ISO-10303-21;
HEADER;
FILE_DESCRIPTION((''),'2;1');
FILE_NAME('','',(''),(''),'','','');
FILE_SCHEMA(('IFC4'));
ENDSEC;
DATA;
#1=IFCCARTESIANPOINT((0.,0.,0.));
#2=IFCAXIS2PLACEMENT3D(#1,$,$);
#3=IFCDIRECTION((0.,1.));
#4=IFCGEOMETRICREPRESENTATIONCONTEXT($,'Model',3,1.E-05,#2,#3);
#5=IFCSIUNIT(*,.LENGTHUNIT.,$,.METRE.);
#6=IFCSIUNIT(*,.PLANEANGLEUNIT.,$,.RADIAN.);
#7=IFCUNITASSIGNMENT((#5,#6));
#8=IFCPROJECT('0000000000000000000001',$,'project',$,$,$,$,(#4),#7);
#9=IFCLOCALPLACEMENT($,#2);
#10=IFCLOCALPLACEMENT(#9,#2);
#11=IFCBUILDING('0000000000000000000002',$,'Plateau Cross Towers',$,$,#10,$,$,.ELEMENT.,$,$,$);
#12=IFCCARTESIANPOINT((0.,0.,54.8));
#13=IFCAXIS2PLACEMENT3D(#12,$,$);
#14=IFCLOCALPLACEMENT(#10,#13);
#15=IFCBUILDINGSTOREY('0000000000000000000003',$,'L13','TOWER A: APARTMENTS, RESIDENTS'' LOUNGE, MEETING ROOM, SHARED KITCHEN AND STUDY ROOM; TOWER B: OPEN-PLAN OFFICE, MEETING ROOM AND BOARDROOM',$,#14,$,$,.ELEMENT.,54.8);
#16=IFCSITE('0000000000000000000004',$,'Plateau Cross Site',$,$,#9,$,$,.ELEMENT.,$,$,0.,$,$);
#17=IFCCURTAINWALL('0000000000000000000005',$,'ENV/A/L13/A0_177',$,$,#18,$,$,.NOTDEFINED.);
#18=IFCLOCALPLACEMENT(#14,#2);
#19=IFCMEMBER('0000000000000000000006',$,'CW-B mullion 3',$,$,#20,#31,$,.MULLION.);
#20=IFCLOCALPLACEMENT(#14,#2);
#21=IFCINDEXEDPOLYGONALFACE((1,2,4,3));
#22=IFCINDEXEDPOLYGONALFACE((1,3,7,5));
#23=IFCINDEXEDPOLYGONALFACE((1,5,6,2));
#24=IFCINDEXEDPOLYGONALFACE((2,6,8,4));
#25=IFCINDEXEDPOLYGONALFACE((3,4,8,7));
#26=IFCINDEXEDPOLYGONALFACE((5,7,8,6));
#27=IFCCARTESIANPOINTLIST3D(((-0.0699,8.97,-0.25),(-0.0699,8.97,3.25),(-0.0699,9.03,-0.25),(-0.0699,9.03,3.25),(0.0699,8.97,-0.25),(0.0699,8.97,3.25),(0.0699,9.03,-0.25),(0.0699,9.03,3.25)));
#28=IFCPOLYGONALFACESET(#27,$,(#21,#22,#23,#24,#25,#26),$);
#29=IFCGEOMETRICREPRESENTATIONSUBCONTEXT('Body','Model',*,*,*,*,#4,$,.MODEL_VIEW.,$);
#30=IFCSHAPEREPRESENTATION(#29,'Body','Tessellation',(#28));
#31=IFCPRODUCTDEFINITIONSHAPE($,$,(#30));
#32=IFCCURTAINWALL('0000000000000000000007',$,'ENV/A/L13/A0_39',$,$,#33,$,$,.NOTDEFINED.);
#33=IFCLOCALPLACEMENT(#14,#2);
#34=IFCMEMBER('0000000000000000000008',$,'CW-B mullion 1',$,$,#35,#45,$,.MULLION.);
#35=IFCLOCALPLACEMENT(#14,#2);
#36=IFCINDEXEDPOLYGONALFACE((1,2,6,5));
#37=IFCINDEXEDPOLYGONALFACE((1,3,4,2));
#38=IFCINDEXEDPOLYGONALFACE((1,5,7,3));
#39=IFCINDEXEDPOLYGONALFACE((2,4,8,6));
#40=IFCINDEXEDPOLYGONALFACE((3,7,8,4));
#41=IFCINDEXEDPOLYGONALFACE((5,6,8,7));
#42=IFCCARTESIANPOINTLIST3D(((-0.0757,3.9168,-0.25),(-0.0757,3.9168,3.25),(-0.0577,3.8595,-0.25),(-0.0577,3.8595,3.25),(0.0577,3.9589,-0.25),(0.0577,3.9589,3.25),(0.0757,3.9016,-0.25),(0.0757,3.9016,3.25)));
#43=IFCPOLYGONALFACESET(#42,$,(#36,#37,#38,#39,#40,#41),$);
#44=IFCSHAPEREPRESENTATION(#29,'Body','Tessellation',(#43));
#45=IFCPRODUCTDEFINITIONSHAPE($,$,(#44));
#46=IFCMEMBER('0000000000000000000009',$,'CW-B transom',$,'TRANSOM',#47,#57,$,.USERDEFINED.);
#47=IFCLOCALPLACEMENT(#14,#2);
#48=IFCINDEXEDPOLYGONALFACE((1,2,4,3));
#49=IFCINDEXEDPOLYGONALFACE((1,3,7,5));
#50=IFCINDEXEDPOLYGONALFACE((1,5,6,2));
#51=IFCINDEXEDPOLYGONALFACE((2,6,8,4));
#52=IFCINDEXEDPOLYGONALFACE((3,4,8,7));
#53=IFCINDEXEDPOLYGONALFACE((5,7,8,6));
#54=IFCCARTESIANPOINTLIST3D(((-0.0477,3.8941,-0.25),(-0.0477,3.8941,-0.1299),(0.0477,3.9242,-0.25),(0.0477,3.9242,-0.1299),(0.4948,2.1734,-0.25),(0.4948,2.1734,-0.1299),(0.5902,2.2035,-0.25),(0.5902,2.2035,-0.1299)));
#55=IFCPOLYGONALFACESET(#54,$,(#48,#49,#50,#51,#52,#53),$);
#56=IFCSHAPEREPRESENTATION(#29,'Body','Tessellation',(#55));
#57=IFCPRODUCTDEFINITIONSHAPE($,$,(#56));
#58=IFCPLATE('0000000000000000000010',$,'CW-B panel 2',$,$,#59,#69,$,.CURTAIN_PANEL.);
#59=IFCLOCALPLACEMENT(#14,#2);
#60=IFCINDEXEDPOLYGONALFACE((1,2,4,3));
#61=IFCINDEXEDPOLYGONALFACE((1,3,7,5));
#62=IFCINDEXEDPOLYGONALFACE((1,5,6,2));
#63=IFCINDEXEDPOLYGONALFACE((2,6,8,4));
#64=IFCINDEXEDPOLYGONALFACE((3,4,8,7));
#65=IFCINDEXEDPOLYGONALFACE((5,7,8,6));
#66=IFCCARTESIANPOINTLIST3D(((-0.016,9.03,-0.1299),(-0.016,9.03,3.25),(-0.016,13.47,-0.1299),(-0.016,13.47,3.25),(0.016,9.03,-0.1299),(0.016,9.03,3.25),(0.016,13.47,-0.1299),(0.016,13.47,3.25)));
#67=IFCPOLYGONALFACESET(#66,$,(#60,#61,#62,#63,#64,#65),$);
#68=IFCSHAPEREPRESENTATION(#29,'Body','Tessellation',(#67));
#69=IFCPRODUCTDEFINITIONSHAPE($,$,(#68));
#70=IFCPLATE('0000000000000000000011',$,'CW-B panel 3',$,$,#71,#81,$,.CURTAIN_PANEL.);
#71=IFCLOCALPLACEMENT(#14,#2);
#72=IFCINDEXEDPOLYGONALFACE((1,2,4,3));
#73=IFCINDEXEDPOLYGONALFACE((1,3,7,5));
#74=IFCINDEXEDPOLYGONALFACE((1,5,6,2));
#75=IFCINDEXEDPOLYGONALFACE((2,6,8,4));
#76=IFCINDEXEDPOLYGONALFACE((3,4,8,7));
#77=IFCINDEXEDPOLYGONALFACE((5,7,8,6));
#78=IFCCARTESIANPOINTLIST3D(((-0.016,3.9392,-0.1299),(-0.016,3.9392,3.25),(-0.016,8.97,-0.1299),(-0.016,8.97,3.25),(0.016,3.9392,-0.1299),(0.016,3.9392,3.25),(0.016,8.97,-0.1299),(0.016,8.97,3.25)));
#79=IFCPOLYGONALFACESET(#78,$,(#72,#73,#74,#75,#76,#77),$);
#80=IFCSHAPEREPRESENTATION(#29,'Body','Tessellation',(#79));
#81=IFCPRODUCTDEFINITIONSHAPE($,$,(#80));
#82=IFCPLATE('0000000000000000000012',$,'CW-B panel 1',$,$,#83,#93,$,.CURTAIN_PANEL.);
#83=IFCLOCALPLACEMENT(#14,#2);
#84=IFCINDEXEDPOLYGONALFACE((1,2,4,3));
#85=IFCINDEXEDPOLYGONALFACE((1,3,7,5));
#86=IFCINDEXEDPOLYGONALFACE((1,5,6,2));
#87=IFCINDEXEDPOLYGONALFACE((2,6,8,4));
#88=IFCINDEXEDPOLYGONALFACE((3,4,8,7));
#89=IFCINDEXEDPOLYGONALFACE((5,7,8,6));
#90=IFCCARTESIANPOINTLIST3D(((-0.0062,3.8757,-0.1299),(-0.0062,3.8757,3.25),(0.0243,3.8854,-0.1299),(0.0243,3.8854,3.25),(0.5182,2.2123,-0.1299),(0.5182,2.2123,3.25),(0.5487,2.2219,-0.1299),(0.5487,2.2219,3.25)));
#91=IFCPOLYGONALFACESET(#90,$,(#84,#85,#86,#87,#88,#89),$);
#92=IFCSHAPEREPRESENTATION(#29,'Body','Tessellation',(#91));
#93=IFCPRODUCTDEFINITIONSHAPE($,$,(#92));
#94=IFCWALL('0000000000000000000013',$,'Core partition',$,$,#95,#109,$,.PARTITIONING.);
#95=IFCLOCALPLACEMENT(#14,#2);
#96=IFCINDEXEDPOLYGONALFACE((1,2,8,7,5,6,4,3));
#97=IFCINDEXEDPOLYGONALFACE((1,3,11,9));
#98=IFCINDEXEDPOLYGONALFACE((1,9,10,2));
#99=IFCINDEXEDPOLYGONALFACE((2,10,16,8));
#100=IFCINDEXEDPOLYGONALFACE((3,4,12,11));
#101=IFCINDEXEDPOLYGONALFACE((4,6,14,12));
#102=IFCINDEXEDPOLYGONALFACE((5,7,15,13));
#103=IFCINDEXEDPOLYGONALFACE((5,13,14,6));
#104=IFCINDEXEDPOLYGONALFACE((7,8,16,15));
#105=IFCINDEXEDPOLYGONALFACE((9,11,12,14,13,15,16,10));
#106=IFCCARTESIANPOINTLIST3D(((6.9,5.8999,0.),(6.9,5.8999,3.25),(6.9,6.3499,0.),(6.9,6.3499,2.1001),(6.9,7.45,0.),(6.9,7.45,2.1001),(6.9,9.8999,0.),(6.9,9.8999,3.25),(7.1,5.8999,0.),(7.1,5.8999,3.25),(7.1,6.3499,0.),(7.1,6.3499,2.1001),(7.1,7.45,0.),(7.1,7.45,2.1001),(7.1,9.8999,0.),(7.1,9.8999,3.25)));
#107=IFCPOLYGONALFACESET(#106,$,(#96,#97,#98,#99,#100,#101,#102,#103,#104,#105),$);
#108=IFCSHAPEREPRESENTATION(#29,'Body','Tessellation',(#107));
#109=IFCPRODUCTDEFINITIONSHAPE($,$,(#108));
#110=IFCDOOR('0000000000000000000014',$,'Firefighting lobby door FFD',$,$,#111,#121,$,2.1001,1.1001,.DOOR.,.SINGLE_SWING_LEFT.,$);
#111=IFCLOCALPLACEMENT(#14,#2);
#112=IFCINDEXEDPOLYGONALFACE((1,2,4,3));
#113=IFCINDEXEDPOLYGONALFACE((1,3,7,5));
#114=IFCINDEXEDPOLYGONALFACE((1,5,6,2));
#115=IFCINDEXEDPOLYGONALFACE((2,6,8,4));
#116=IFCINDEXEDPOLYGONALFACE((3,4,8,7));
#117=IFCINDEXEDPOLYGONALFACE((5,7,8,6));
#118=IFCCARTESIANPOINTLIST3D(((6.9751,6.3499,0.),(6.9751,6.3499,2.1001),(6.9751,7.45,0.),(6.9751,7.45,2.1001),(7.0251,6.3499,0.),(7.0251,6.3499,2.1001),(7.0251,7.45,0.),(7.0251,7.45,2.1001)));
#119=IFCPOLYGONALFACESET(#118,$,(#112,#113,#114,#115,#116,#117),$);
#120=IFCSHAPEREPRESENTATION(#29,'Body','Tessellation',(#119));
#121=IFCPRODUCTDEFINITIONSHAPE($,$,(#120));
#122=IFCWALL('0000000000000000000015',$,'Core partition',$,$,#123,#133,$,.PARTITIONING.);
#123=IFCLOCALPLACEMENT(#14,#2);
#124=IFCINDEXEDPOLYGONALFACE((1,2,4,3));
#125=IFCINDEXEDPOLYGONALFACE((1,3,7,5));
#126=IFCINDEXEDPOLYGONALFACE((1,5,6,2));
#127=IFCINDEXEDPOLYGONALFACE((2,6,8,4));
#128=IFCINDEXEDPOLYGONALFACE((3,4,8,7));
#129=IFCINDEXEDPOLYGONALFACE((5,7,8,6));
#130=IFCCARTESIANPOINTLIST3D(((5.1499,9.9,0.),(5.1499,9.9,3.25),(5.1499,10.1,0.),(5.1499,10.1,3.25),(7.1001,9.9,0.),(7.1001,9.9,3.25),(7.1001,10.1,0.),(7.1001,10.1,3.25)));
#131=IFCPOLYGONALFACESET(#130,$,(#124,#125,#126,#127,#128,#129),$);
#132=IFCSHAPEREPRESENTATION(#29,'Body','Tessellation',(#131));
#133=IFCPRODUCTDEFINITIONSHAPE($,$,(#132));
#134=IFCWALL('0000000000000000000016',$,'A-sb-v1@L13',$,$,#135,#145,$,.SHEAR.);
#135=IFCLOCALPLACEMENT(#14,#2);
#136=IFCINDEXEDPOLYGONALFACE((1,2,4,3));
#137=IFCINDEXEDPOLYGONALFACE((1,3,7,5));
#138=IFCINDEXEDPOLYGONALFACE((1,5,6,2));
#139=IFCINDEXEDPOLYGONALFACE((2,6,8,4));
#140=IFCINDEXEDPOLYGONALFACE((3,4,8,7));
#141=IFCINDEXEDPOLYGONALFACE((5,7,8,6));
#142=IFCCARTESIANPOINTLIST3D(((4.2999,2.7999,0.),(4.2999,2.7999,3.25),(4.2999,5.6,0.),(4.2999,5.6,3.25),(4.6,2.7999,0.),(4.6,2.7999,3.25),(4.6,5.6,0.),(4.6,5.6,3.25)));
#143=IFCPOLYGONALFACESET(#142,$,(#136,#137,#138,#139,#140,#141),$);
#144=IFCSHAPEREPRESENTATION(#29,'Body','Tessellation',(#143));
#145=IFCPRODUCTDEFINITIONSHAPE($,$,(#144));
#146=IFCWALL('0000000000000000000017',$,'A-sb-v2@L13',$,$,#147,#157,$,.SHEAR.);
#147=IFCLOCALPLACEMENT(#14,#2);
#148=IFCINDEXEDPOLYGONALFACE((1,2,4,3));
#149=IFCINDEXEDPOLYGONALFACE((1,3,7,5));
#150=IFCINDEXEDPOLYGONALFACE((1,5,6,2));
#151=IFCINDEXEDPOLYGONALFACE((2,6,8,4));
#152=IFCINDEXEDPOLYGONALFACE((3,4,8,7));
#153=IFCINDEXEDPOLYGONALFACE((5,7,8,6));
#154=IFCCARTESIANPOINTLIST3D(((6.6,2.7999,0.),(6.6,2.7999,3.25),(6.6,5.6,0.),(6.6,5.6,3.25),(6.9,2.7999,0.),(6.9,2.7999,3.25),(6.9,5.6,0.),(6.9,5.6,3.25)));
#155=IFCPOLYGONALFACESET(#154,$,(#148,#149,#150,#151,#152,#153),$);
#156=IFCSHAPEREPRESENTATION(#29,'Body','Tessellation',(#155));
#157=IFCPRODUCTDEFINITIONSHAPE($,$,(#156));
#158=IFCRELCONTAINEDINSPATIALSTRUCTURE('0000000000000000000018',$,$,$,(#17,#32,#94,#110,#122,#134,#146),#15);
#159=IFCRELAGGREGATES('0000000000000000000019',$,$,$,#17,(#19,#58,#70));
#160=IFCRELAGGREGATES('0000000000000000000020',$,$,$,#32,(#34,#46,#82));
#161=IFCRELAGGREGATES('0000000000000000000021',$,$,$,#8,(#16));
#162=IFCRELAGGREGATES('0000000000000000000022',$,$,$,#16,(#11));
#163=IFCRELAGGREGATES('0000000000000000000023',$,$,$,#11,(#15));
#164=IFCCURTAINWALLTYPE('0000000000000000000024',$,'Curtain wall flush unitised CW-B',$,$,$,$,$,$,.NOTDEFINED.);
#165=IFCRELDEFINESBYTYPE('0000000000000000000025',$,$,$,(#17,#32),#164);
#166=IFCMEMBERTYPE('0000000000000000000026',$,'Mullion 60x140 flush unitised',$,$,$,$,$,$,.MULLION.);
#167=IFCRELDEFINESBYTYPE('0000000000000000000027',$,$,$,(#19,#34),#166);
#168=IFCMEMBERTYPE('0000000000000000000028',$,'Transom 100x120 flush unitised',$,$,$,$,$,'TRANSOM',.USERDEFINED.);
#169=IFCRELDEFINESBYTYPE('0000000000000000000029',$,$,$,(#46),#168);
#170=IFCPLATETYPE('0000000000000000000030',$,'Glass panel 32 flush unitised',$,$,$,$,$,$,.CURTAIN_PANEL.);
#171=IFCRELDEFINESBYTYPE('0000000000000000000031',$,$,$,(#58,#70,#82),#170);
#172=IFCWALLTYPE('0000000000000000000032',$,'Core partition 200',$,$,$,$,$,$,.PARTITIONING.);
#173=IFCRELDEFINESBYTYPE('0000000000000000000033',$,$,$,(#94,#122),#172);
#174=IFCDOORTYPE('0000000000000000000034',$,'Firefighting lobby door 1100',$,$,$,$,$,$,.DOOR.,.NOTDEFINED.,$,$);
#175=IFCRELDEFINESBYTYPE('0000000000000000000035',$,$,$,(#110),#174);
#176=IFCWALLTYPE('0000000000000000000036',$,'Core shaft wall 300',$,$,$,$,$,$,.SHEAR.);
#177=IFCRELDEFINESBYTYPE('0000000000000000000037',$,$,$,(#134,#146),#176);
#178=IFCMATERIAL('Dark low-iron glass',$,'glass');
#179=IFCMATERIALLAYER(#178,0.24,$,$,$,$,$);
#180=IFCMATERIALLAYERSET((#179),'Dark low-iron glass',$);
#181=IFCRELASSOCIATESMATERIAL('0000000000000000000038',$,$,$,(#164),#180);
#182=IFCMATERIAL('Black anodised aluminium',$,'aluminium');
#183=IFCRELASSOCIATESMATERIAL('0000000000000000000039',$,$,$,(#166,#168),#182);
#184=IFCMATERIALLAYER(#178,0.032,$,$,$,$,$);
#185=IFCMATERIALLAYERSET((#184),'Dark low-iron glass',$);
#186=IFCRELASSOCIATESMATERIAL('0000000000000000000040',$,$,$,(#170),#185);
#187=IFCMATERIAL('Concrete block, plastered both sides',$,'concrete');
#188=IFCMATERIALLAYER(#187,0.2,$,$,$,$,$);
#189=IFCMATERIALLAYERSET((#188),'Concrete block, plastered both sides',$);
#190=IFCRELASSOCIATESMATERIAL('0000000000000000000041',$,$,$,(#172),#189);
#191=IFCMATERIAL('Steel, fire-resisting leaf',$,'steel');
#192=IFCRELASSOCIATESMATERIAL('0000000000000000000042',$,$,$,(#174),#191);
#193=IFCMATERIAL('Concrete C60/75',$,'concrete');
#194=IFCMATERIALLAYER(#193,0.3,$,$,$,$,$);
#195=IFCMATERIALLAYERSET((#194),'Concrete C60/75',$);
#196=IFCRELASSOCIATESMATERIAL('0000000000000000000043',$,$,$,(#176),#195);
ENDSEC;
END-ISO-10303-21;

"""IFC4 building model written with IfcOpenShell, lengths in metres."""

from ifc_helpers import new_model, si_unit, direction, frame, frame_2d, origin, origin_2d, place, context, subcontext, project, spatial, rectangle, extrude, material, layer, layer_set, material_profile, profile_set, type_object, element, fill, aggregate, save


model = new_model("IFC4")

# Units and contexts
model_context = context("Model", 3, precision=1e-05, world=origin(), true_north=direction((0.0, 1.0)))
body_context = subcontext(model_context, "Body", "Model", "MODEL_VIEW")
ifc_project = project(units=[si_unit("LENGTHUNIT", "METRE"), si_unit("PLANEANGLEUNIT", "RADIAN")], contexts=[model_context])

# Site, building, storey
site_placement = place(None, origin())
site = spatial("IfcSite", under=ifc_project, at=site_placement, Name="Plateau Cross Site", CompositionType="ELEMENT", RefElevation=0.0)
building_placement = place(site_placement, origin())
building = spatial("IfcBuilding", under=site, at=building_placement, Name="Plateau Cross Towers", CompositionType="ELEMENT")
storey_placement = place(building_placement, frame((0.0, 0.0, 54.8)))
storey = spatial("IfcBuildingStorey", under=building, at=storey_placement, Name="L13", Description="TOWER A: APARTMENTS, RESIDENTS' LOUNGE, MEETING ROOM, SHARED KITCHEN AND STUDY ROOM; TOWER B: OPEN-PLAN OFFICE, MEETING ROOM AND BOARDROOM", CompositionType="ELEMENT", Elevation=54.8)

# Curtain wall, member
ifc_material_1 = material(Name="Dark low-iron glass", Category="glass")
ifc_layer_1 = layer(ifc_material_1, 0.24)
ifc_layer_set_1 = layer_set([ifc_layer_1], Name="Dark low-iron glass")
curtain_wall_type = type_object("IfcCurtainWallType", Name="Curtain wall flush unitised CW-B", PredefinedType="NOTDEFINED", material=ifc_layer_set_1)
curtain_wall_1_placement = place(storey_placement, origin())
curtain_wall_1 = element("IfcCurtainWall", 1, at=curtain_wall_1_placement, inside=storey, type_object=curtain_wall_type, Name="ENV/A/L13/A0_177", PredefinedType="NOTDEFINED")
ifc_material_2 = material(Name="Black anodised aluminium", Category="aluminium")
ifc_material_profile_1 = material_profile(ifc_material_2, rectangle(XDim=0.0601, YDim=0.1399, at=origin_2d()), Name="MULLION 60x140")
ifc_profile_set_1 = profile_set([ifc_material_profile_1], Name="Black anodised aluminium")
member_type_1 = type_object("IfcMemberType", Name="Mullion 60x140 flush unitised", PredefinedType="MULLION", material=ifc_profile_set_1)
member_1_placement = place(storey_placement, frame((0.0, 9.0, -0.25), z_axis=(0.0, 0.0, 1.0), x_axis=(0.0, -1.0, 0.0)))
member_1 = element("IfcMember", 2, at=member_1_placement, type_object=member_type_1, Name="CW-B mullion 3", PredefinedType="MULLION", context=body_context, shape_type="SweptSolid", body=[
    extrude(rectangle(XDim=0.0601, YDim=0.1399, at=origin_2d()), origin(), (0.0, 0.0, 1.0), 3.5),
])

# Curtain wall, members
curtain_wall_2_placement = place(storey_placement, origin())
curtain_wall_2 = element("IfcCurtainWall", 3, at=curtain_wall_2_placement, inside=storey, type_object=curtain_wall_type, Name="ENV/A/L13/A0_39", PredefinedType="NOTDEFINED")
member_2_placement = place(storey_placement, frame((0.0, 3.9092, -0.25), z_axis=(0.0, 0.0, 1.0), x_axis=(0.300686, -0.953723, 0.0)))
member_2 = element("IfcMember", 4, at=member_2_placement, type_object=member_type_1, Name="CW-B mullion 1", PredefinedType="MULLION", context=body_context, shape_type="SweptSolid", body=[
    extrude(rectangle(XDim=0.0601, YDim=0.1399, at=origin_2d()), origin(), (0.0, 0.0, 1.0), 3.5),
])
ifc_material_profile_2 = material_profile(ifc_material_2, rectangle(XDim=0.1001, YDim=0.1201, at=origin_2d()), Name="TRANSOM 100x120")
ifc_profile_set_2 = profile_set([ifc_material_profile_2], Name="Black anodised aluminium")
member_type_2 = type_object("IfcMemberType", Name="Transom 100x120 flush unitised", ElementType="TRANSOM", PredefinedType="USERDEFINED", material=ifc_profile_set_2)
member_3_placement = place(storey_placement, frame((0.0, 3.9092, -0.1899), z_axis=(0.300678, -0.953726, 0.0), x_axis=(0.953726, 0.300678, 0.0)))
member_3 = element("IfcMember", 5, at=member_3_placement, type_object=member_type_2, Name="CW-B transom", ObjectType="TRANSOM", PredefinedType="USERDEFINED", context=body_context, shape_type="SweptSolid", body=[
    extrude(rectangle(XDim=0.1001, YDim=0.1201, at=origin_2d()), origin(), (0.0, 0.0, 1.0), 1.8042),
])

# Plates
ifc_layer_2 = layer(ifc_material_1, 0.032)
ifc_layer_set_2 = layer_set([ifc_layer_2], Name="Dark low-iron glass")
plate_type = type_object("IfcPlateType", Name="Glass panel 32 flush unitised", PredefinedType="CURTAIN_PANEL", material=ifc_layer_set_2)
plate_1_placement = place(storey_placement, frame((0.0, 11.25, -0.1299), z_axis=(0.0, 0.0, 1.0), x_axis=(0.0, -1.0, 0.0)))
plate_1 = element("IfcPlate", 6, at=plate_1_placement, type_object=plate_type, Name="CW-B panel 2", PredefinedType="CURTAIN_PANEL", context=body_context, shape_type="SweptSolid", body=[
    extrude(rectangle(XDim=4.4399, YDim=0.032, at=origin_2d()), origin(), (0.0, 0.0, 1.0), 3.3799),
])
plate_2_placement = place(storey_placement, frame((0.0, 6.4546, -0.1299), z_axis=(0.0, 0.0, 1.0), x_axis=(0.0, -1.0, 0.0)))
plate_2 = element("IfcPlate", 7, at=plate_2_placement, type_object=plate_type, Name="CW-B panel 3", PredefinedType="CURTAIN_PANEL", context=body_context, shape_type="SweptSolid", body=[
    extrude(rectangle(XDim=5.0308, YDim=0.032, at=origin_2d()), origin(), (0.0, 0.0, 1.0), 3.3799),
])
aggregate(curtain_wall_1, [member_1, plate_1, plate_2])
plate_3_placement = place(storey_placement, frame((0.2712, 3.0488, -0.1299), z_axis=(0.0, 0.0, 1.0), x_axis=(0.300686, -0.953723, 0.0)))
plate_3 = element("IfcPlate", 8, at=plate_3_placement, type_object=plate_type, Name="CW-B panel 1", PredefinedType="CURTAIN_PANEL", context=body_context, shape_type="SweptSolid", body=[
    extrude(rectangle(XDim=1.7441, YDim=0.032, at=origin_2d()), origin(), (0.0, 0.0, 1.0), 3.3799),
])
aggregate(curtain_wall_2, [member_2, member_3, plate_3])

# Wall, opening, door
ifc_material_3 = material(Name="Concrete block, plastered both sides", Category="concrete")
ifc_layer_3 = layer(ifc_material_3, 0.2)
ifc_layer_set_3 = layer_set([ifc_layer_3], Name="Concrete block, plastered both sides")
wall_type_1 = type_object("IfcWallType", Name="Core partition 200", PredefinedType="PARTITIONING", material=ifc_layer_set_3)
wall_1_placement = place(storey_placement, frame((7.0, 5.8999, 0.0), z_axis=(0.0, 0.0, 1.0), x_axis=(0.0, 1.0, 0.0)))
wall_1 = element("IfcWall", 9, at=wall_1_placement, inside=storey, type_object=wall_type_1, Name="Core partition", PredefinedType="PARTITIONING", context=body_context, shape_type="SweptSolid", body=[
    extrude(rectangle(XDim=4.0, YDim=0.2, at=frame_2d((2.0, 0.0))), origin(), (0.0, 0.0, 1.0), 3.25),
])
opening_1_placement = place(wall_1_placement, frame((0.45, 0.0, 0.0)))
opening_1 = element("IfcOpeningElement", 10, at=opening_1_placement, cuts=wall_1, PredefinedType="OPENING", context=body_context, shape_type="SweptSolid", body=[
    extrude(rectangle(XDim=1.1001, YDim=2.1001, at=frame_2d((0.55, 1.05))), frame((0.0, 0.1099, 0.0), z_axis=(0.0, -1.0, 0.0), x_axis=(1.0, 0.0, 0.0)), (0.0, 0.0, 1.0), 0.22),
])
ifc_material_4 = material(Name="Steel, fire-resisting leaf", Category="steel")
door_type_1 = type_object("IfcDoorType", Name="Firefighting lobby door 1100", OperationType="NOTDEFINED", PredefinedType="DOOR", material=ifc_material_4)
door_1_placement = place(opening_1_placement, origin())
door_1 = element("IfcDoor", 11, at=door_1_placement, inside=storey, type_object=door_type_1, Name="Firefighting lobby door FFD", OperationType="SINGLE_SWING_LEFT", OverallHeight=2.1001, OverallWidth=1.1001, PredefinedType="DOOR", context=body_context, shape_type="SweptSolid", body=[
    extrude(rectangle(XDim=1.1001, YDim=2.1001, at=frame_2d((0.55, 1.05))), frame((0.0, 0.0249, 0.0), z_axis=(0.0, -1.0, 0.0), x_axis=(1.0, 0.0, 0.0)), (0.0, 0.0, 1.0), 0.05),
])
fill(opening_1, door_1)

# Walls
wall_2_placement = place(storey_placement, frame((5.1499, 10.0, 0.0), z_axis=(0.0, 0.0, 1.0), x_axis=(1.0, 0.0, 0.0)))
element("IfcWall", 12, at=wall_2_placement, inside=storey, type_object=wall_type_1, Name="Core partition", PredefinedType="PARTITIONING", context=body_context, shape_type="SweptSolid", body=[
    extrude(rectangle(XDim=1.9502, YDim=0.2, at=frame_2d((0.9751, 0.0))), origin(), (0.0, 0.0, 1.0), 3.25),
])
ifc_material_5 = material(Name="Concrete C60/75", Category="concrete")
ifc_layer_4 = layer(ifc_material_5, 0.3)
ifc_layer_set_4 = layer_set([ifc_layer_4], Name="Concrete C60/75")
wall_type_2 = type_object("IfcWallType", Name="Core shaft wall 300", PredefinedType="SHEAR", material=ifc_layer_set_4)
for number, where, z_axis, x_axis, name in (
    (13, (4.45, 2.8, 0.0), (0.0, 0.0, 1.0), (0.0, 1.0, 0.0), "A-sb-v1@L13"),
    (14, (6.75, 2.8, 0.0), (0.0, 0.0, 1.0), (0.0, 1.0, 0.0), "A-sb-v2@L13"),
):
    element("IfcWall", number, at=place(storey_placement, frame(where, z_axis=z_axis, x_axis=x_axis)), inside=storey, type_object=wall_type_2, Name=name, PredefinedType="SHEAR", context=body_context, shape_type="SweptSolid", body=[
        extrude(rectangle(XDim=2.8, YDim=0.3, at=frame_2d((1.3999, 0.0))), origin(), (0.0, 0.0, 1.0), 3.25),
    ])

save(model, "model.ifc")
